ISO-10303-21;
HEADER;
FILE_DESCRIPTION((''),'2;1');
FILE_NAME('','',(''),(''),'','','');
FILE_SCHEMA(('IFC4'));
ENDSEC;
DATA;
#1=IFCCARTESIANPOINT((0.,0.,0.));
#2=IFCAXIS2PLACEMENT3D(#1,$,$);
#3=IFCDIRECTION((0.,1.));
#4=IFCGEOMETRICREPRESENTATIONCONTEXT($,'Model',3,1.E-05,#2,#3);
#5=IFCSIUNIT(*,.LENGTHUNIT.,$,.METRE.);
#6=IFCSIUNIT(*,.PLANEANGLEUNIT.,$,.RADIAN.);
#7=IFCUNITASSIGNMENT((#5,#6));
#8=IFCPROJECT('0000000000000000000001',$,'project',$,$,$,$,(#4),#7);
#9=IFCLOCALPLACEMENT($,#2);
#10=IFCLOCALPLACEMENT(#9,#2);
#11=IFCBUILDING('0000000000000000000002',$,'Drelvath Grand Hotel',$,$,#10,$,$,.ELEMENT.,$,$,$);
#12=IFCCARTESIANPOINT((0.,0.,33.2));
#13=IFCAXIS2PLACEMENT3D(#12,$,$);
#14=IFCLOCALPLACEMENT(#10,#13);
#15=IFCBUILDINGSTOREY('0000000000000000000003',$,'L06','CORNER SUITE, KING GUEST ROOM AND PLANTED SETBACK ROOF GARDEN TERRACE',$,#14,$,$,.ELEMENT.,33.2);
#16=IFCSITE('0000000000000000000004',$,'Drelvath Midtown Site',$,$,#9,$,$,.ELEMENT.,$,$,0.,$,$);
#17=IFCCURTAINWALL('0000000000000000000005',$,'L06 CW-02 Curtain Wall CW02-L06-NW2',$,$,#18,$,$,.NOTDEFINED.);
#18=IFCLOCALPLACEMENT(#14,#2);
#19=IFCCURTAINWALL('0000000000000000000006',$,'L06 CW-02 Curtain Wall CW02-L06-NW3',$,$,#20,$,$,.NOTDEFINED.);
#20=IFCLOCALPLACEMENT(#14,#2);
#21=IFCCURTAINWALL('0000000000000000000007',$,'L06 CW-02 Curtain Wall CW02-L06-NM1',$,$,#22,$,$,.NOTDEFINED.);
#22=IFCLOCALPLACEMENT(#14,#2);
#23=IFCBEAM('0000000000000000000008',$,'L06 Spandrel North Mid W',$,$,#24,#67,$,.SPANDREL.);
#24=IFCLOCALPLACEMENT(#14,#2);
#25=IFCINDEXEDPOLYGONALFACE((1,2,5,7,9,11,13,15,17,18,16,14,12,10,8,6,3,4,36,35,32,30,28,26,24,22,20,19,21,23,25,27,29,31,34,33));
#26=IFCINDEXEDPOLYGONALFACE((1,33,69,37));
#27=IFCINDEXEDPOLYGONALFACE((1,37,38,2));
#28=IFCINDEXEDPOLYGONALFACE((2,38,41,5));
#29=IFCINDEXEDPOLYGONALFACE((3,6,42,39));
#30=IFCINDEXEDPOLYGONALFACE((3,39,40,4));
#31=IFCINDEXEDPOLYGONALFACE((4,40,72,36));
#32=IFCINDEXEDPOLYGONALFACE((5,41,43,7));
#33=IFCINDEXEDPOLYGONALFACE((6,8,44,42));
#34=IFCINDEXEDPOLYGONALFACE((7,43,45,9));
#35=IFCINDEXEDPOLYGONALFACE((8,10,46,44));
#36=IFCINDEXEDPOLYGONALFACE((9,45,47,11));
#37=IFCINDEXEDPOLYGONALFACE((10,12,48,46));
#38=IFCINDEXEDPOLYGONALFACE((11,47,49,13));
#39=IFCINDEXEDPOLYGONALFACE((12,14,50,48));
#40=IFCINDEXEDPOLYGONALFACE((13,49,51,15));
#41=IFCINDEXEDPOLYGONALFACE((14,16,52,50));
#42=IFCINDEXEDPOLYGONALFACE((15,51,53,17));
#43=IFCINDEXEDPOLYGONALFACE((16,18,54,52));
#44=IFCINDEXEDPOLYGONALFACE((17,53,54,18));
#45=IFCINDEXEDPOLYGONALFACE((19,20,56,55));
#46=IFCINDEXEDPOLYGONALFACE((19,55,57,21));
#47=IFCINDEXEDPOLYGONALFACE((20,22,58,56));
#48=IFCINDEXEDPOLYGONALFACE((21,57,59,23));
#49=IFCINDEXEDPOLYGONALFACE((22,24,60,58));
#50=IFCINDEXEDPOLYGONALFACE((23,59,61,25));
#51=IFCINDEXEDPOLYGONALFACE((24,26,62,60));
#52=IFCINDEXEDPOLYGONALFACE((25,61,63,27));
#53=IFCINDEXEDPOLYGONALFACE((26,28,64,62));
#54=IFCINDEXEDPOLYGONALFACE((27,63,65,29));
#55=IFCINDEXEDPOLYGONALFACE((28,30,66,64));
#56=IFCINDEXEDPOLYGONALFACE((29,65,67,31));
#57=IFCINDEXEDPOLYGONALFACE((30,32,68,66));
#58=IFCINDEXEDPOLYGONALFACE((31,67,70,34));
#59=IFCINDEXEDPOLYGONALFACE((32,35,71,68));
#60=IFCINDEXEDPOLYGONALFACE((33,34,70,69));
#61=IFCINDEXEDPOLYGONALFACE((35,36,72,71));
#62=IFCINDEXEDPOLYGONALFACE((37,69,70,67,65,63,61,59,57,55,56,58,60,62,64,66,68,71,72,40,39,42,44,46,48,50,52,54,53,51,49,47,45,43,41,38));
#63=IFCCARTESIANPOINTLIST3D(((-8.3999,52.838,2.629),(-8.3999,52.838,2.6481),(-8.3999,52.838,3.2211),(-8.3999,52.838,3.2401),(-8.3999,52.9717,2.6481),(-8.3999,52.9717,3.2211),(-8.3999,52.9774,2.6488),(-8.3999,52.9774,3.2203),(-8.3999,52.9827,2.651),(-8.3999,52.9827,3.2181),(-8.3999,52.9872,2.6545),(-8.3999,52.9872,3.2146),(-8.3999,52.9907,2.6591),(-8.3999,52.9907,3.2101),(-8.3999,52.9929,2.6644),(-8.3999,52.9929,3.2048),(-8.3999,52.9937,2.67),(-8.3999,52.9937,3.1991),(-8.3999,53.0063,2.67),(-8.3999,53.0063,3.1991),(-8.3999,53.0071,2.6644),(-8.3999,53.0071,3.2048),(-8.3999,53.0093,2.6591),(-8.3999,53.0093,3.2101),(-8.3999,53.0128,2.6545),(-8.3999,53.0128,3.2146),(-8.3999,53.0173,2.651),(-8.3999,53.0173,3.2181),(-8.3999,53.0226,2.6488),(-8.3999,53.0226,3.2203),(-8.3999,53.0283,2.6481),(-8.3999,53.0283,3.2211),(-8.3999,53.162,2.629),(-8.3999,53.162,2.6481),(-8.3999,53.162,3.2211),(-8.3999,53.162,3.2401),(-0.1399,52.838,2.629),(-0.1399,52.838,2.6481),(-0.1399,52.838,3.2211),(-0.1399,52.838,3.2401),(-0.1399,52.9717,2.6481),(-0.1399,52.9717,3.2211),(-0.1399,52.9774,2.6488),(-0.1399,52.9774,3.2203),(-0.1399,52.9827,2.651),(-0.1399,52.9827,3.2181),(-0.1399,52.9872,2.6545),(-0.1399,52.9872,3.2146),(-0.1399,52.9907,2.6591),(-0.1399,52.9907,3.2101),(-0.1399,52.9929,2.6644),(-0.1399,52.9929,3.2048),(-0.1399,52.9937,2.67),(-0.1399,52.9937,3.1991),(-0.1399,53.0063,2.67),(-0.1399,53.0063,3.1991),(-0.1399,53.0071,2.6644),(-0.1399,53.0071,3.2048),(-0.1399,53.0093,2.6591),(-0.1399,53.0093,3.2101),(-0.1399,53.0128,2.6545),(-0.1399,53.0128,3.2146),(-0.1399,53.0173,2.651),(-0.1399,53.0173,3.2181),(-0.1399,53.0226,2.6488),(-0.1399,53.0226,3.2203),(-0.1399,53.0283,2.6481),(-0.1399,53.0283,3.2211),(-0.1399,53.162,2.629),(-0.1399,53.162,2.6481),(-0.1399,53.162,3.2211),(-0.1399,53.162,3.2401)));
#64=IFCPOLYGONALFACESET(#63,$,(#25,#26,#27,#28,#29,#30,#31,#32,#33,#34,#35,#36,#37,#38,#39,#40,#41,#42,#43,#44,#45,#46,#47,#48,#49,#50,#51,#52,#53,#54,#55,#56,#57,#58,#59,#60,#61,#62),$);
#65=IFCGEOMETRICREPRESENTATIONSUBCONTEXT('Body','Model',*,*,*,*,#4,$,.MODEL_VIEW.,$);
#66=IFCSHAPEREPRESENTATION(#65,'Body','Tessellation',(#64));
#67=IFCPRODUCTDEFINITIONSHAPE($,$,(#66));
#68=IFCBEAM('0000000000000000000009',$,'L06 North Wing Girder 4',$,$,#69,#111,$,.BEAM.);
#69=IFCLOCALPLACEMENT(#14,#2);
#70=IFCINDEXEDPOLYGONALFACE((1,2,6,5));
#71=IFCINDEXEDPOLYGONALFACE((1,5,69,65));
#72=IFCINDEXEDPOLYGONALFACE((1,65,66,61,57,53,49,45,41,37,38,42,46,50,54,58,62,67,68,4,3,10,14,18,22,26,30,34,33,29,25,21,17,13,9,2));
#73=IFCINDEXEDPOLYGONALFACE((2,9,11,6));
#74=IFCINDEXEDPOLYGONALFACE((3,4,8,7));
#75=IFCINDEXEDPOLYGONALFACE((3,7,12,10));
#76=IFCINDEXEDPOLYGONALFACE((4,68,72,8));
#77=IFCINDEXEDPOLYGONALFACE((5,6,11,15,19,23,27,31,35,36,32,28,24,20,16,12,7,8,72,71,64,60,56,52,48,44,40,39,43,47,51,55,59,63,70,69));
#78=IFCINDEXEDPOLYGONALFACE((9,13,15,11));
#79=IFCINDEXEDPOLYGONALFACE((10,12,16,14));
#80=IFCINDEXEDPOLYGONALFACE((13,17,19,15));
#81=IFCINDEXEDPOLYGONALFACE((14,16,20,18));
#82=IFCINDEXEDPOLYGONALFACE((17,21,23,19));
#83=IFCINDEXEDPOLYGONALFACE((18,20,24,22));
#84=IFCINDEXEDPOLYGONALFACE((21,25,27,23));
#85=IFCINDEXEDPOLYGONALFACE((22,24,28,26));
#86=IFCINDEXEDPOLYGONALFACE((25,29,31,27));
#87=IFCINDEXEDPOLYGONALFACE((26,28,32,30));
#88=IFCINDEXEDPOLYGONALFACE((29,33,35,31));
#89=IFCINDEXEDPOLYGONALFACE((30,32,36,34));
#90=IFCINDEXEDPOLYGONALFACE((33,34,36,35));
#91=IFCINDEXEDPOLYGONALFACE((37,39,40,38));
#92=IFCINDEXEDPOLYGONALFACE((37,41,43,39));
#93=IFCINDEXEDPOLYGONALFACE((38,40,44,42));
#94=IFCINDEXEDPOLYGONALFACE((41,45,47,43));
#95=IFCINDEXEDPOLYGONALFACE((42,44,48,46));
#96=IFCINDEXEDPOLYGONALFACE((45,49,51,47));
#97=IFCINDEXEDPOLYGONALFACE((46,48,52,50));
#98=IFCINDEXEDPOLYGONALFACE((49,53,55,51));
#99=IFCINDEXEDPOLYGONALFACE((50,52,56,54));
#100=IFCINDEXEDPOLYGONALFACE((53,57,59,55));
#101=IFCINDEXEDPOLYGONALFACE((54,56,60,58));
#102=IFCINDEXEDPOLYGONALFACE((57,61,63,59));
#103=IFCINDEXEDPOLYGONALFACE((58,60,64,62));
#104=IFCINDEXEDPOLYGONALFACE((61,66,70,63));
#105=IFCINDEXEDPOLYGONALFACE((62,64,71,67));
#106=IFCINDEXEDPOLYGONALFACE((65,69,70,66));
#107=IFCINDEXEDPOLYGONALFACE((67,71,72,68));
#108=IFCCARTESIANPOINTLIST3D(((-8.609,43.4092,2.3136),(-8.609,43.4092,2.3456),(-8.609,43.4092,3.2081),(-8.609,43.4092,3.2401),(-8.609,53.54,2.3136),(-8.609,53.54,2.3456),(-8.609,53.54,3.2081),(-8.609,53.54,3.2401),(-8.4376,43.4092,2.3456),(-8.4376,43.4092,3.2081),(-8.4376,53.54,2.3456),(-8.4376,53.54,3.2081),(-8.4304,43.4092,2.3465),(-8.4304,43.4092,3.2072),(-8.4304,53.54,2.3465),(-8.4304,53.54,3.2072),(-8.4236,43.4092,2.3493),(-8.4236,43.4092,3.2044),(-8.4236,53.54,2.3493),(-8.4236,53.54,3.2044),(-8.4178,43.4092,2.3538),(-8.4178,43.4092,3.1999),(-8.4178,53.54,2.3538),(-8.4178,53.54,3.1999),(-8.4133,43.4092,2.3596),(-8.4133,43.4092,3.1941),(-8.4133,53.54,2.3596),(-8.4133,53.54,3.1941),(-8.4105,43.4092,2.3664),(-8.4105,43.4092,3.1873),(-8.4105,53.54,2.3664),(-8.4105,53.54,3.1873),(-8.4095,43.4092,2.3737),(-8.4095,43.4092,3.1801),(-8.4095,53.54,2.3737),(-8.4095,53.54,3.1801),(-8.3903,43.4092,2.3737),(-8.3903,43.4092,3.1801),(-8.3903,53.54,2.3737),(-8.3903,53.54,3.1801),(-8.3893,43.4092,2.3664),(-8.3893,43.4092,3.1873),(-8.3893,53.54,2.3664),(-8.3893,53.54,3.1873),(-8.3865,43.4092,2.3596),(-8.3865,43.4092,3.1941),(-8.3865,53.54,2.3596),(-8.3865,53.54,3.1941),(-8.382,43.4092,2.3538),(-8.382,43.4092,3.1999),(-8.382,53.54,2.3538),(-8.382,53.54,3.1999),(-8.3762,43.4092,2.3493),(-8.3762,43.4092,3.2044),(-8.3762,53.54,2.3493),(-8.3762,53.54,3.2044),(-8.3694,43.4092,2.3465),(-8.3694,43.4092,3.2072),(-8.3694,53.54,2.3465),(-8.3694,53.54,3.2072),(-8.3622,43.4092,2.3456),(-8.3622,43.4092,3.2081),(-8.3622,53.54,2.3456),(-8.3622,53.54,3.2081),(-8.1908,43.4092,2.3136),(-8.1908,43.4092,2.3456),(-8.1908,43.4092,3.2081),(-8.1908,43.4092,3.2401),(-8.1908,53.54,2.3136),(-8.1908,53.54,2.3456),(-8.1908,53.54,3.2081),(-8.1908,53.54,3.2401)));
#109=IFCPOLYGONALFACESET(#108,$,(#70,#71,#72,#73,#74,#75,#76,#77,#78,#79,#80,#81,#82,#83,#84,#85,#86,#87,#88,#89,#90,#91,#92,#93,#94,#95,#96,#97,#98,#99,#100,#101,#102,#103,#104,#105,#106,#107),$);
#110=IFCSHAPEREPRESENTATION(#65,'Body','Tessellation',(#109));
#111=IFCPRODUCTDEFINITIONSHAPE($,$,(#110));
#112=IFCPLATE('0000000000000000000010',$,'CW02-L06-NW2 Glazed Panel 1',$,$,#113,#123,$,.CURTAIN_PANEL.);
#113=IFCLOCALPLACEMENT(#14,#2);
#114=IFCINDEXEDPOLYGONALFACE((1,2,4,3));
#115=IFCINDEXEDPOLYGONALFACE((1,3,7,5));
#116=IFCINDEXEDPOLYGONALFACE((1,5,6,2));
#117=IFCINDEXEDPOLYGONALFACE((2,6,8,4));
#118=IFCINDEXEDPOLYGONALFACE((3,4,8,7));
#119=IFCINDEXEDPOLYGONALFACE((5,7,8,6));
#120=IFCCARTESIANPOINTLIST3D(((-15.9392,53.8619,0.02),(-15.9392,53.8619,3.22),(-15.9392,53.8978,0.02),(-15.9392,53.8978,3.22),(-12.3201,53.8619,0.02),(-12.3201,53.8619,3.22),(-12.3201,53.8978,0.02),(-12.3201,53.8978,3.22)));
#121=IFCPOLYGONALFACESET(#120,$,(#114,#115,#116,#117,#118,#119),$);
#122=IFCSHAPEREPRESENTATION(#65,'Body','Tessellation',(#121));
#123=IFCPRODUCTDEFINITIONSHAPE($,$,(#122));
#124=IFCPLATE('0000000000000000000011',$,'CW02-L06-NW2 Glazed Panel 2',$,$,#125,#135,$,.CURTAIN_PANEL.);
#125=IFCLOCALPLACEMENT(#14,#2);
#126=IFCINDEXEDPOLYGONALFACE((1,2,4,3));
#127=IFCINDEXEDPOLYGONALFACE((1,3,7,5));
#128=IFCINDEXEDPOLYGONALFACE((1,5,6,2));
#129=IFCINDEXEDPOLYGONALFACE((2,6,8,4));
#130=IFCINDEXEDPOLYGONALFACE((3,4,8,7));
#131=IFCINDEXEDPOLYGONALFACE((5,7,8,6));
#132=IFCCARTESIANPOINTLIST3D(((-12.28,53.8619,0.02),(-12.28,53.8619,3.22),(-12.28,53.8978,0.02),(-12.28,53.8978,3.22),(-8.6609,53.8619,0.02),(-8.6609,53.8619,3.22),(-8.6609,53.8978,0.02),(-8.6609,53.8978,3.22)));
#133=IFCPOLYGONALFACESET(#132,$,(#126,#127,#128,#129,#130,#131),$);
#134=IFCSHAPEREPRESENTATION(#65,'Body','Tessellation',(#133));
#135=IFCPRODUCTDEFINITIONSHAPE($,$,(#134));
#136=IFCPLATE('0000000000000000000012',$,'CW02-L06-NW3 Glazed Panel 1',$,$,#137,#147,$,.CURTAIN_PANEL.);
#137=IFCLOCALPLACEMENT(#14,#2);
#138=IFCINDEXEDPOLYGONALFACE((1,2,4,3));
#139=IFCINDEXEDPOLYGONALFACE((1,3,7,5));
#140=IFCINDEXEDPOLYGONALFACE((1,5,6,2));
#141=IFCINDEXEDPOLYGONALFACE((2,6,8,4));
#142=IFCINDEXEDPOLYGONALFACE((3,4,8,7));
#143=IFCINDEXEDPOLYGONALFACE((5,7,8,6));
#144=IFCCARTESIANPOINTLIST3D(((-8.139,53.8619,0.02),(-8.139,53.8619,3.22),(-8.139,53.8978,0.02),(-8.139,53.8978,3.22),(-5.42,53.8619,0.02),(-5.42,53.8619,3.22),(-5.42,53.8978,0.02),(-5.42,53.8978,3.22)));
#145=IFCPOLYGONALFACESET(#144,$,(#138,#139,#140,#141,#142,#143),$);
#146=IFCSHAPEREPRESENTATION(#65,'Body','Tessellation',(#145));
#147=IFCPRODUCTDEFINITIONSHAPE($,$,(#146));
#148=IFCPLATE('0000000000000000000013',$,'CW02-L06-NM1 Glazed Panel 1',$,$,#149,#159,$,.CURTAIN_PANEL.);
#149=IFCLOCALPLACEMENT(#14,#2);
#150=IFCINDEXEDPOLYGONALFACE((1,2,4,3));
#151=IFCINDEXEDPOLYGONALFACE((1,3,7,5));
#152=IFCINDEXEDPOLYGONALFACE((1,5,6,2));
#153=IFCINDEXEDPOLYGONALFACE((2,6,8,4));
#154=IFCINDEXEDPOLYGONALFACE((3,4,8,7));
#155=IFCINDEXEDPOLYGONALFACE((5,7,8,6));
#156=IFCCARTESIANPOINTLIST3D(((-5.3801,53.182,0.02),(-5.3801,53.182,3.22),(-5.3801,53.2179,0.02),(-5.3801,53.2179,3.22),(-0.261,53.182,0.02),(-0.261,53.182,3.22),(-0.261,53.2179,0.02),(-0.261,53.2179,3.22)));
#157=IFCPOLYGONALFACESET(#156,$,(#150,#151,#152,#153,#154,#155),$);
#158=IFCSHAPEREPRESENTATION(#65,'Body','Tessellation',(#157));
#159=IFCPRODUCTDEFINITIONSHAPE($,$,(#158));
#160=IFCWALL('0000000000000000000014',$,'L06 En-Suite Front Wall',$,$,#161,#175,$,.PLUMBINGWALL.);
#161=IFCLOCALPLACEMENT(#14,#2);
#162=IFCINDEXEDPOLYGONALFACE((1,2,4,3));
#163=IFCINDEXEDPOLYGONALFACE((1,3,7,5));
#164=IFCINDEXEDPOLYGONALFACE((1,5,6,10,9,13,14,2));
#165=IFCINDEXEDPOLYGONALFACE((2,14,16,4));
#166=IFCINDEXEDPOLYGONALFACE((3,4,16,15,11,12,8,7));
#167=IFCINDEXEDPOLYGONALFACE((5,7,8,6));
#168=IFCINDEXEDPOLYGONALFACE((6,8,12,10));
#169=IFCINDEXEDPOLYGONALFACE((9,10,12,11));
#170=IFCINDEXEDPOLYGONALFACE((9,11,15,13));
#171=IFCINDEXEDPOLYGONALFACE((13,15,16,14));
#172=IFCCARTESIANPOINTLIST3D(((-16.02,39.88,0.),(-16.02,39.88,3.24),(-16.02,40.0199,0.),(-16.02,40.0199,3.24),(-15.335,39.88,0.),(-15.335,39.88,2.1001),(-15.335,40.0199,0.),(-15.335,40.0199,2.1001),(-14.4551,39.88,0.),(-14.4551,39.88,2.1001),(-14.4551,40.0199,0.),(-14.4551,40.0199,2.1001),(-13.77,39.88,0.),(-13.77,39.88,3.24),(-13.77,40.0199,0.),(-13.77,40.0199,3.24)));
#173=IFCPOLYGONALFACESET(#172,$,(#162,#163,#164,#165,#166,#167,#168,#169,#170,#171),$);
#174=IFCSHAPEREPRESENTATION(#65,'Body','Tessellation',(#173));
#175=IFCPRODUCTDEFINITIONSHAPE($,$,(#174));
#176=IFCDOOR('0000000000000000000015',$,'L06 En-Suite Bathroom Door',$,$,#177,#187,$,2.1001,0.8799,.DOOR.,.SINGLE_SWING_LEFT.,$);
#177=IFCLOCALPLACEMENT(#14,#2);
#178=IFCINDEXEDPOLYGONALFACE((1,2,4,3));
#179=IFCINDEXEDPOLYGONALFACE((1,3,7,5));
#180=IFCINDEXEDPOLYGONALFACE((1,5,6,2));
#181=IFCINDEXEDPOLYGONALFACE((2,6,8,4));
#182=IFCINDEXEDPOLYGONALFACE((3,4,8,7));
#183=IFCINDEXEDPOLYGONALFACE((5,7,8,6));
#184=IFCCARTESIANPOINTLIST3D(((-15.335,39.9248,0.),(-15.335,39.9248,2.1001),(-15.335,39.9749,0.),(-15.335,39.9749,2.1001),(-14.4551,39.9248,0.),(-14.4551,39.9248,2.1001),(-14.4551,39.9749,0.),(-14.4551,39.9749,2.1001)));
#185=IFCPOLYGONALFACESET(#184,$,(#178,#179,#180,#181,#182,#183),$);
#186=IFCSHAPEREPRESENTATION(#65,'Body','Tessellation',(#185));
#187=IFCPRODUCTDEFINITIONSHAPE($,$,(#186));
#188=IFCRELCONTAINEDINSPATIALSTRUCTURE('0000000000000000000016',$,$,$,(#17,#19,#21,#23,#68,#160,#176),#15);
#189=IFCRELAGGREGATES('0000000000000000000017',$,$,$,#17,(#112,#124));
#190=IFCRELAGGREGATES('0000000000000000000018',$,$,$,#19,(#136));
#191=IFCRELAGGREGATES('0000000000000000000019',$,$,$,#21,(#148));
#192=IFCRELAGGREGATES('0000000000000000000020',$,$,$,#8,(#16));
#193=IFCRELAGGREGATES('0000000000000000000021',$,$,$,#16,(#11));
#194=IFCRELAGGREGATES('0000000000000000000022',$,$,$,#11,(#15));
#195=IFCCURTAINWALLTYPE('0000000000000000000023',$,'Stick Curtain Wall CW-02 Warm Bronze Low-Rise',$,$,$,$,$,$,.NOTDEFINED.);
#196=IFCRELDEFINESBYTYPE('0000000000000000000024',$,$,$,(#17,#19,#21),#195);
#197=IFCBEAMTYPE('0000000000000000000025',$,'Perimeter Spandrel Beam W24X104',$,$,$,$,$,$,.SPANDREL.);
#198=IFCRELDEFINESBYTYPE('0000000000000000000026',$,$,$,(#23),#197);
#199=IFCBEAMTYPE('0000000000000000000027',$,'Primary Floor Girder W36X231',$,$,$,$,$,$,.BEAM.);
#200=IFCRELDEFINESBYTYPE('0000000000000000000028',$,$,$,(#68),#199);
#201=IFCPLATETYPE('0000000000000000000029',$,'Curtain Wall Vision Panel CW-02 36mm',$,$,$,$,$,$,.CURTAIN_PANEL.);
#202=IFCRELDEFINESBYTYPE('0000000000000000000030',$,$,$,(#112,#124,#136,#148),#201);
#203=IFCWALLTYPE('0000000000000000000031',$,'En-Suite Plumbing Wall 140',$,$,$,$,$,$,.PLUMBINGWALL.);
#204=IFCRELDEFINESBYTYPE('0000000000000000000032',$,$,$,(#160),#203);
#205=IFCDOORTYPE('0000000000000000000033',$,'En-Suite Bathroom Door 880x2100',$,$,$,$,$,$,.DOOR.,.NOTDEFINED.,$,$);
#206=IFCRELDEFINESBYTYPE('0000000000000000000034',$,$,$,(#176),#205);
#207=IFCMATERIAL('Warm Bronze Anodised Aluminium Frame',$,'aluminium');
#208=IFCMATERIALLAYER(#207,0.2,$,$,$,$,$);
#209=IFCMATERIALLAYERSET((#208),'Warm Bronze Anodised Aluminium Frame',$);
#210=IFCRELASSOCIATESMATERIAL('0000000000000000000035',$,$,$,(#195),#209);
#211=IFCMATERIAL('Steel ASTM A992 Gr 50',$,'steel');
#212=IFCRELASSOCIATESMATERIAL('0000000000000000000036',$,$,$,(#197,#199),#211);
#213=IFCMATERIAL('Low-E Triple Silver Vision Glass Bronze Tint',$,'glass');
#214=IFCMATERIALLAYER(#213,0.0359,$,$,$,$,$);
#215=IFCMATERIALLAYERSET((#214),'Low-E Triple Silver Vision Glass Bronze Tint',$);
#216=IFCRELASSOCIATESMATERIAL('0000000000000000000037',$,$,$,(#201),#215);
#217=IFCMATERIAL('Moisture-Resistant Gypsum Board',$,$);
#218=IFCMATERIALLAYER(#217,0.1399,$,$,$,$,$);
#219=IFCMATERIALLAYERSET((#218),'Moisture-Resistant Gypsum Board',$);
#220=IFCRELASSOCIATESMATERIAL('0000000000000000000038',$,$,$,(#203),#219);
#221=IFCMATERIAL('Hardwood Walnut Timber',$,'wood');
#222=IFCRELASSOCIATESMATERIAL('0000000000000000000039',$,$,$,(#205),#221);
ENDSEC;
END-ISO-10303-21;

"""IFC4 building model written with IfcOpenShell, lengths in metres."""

from ifc_helpers import new_model, si_unit, direction, frame, frame_2d, origin, origin_2d, place, context, subcontext, project, spatial, rectangle, i_section, extrude, material, layer, layer_set, material_profile, profile_set, type_object, element, fill, aggregate, save


model = new_model("IFC4")

# Units and contexts
model_context = context("Model", 3, precision=1e-05, world=origin(), true_north=direction((0.0, 1.0)))
body_context = subcontext(model_context, "Body", "Model", "MODEL_VIEW")
ifc_project = project(units=[si_unit("LENGTHUNIT", "METRE"), si_unit("PLANEANGLEUNIT", "RADIAN")], contexts=[model_context])

# Site, building, storey
site_placement = place(None, origin())
site = spatial("IfcSite", under=ifc_project, at=site_placement, Name="Drelvath Midtown Site", CompositionType="ELEMENT", RefElevation=0.0)
building_placement = place(site_placement, origin())
building = spatial("IfcBuilding", under=site, at=building_placement, Name="Drelvath Grand Hotel", CompositionType="ELEMENT")
storey_placement = place(building_placement, frame((0.0, 0.0, 33.2)))
storey = spatial("IfcBuildingStorey", under=building, at=storey_placement, Name="L06", Description="CORNER SUITE, KING GUEST ROOM AND PLANTED SETBACK ROOF GARDEN TERRACE", CompositionType="ELEMENT", Elevation=33.2)

# Curtain walls
ifc_material_1 = material(Name="Warm Bronze Anodised Aluminium Frame", Category="aluminium")
ifc_layer_1 = layer(ifc_material_1, 0.2)
ifc_layer_set_1 = layer_set([ifc_layer_1], Name="Warm Bronze Anodised Aluminium Frame")
curtain_wall_type = type_object("IfcCurtainWallType", Name="Stick Curtain Wall CW-02 Warm Bronze Low-Rise", PredefinedType="NOTDEFINED", material=ifc_layer_set_1)
curtain_wall_1_placement = place(storey_placement, origin())
curtain_wall_1 = element("IfcCurtainWall", 1, at=curtain_wall_1_placement, inside=storey, type_object=curtain_wall_type, Name="L06 CW-02 Curtain Wall CW02-L06-NW2", PredefinedType="NOTDEFINED")
curtain_wall_2_placement = place(storey_placement, origin())
curtain_wall_2 = element("IfcCurtainWall", 2, at=curtain_wall_2_placement, inside=storey, type_object=curtain_wall_type, Name="L06 CW-02 Curtain Wall CW02-L06-NW3", PredefinedType="NOTDEFINED")
curtain_wall_3_placement = place(storey_placement, origin())
curtain_wall_3 = element("IfcCurtainWall", 3, at=curtain_wall_3_placement, inside=storey, type_object=curtain_wall_type, Name="L06 CW-02 Curtain Wall CW02-L06-NM1", PredefinedType="NOTDEFINED")

# Beams
ifc_material_2 = material(Name="Steel ASTM A992 Gr 50", Category="steel")
ifc_material_profile_1 = material_profile(ifc_material_2, i_section(OverallWidth=0.324, OverallDepth=0.6111, WebThickness=0.0127, FlangeThickness=0.019, FilletRadius=0.022, at=origin_2d()), Name="W24X104")
ifc_profile_set_1 = profile_set([ifc_material_profile_1], Name="Steel ASTM A992 Gr 50")
beam_type_1 = type_object("IfcBeamType", Name="Perimeter Spandrel Beam W24X104", PredefinedType="SPANDREL", material=ifc_profile_set_1)
beam_1_placement = place(storey_placement, frame((-8.3999, 53.0, 2.9346), z_axis=(1.0, 0.0, 0.0), x_axis=(0.0, 1.0, 0.0)))
element("IfcBeam", 4, at=beam_1_placement, inside=storey, type_object=beam_type_1, Name="L06 Spandrel North Mid W", PredefinedType="SPANDREL", context=body_context, shape_type="SweptSolid", body=[
    extrude(i_section(OverallWidth=0.324, OverallDepth=0.6111, WebThickness=0.0127, FlangeThickness=0.019, FilletRadius=0.022, at=origin_2d()), origin(), (0.0, 0.0, 1.0), 8.26),
])
ifc_material_profile_2 = material_profile(ifc_material_2, i_section(OverallWidth=0.4182, OverallDepth=0.9265, WebThickness=0.0193, FlangeThickness=0.032, FilletRadius=0.0281, at=origin_2d()), Name="W36X231")
ifc_profile_set_2 = profile_set([ifc_material_profile_2], Name="Steel ASTM A992 Gr 50")
beam_type_2 = type_object("IfcBeamType", Name="Primary Floor Girder W36X231", PredefinedType="BEAM", material=ifc_profile_set_2)
beam_2_placement = place(storey_placement, frame((-8.3999, 43.4092, 2.7769), z_axis=(0.0, 1.0, 0.0), x_axis=(-1.0, 0.0, 0.0)))
element("IfcBeam", 5, at=beam_2_placement, inside=storey, type_object=beam_type_2, Name="L06 North Wing Girder 4", PredefinedType="BEAM", context=body_context, shape_type="SweptSolid", body=[
    extrude(i_section(OverallWidth=0.4182, OverallDepth=0.9265, WebThickness=0.0193, FlangeThickness=0.032, FilletRadius=0.0281, at=origin_2d()), origin(), (0.0, 0.0, 1.0), 10.1309),
])

# Plates
ifc_material_3 = material(Name="Low-E Triple Silver Vision Glass Bronze Tint", Category="glass")
ifc_layer_2 = layer(ifc_material_3, 0.0359)
ifc_layer_set_2 = layer_set([ifc_layer_2], Name="Low-E Triple Silver Vision Glass Bronze Tint")
plate_type = type_object("IfcPlateType", Name="Curtain Wall Vision Panel CW-02 36mm", PredefinedType="CURTAIN_PANEL", material=ifc_layer_set_2)
plate_1_placement = place(storey_placement, frame((-14.1296, 53.8799, 0.02), z_axis=(0.0, 0.0, 1.0), x_axis=(1.0, 0.0, 0.0)))
plate_1 = element("IfcPlate", 6, at=plate_1_placement, type_object=plate_type, Name="CW02-L06-NW2 Glazed Panel 1", PredefinedType="CURTAIN_PANEL", context=body_context, shape_type="SweptSolid", body=[
    extrude(rectangle(XDim=3.6191, YDim=0.0359, at=origin_2d()), origin(), (0.0, 0.0, 1.0), 3.2),
])
plate_2_placement = place(storey_placement, frame((-10.4705, 53.8799, 0.02), z_axis=(0.0, 0.0, 1.0), x_axis=(1.0, 0.0, 0.0)))
plate_2 = element("IfcPlate", 7, at=plate_2_placement, type_object=plate_type, Name="CW02-L06-NW2 Glazed Panel 2", PredefinedType="CURTAIN_PANEL", context=body_context, shape_type="SweptSolid", body=[
    extrude(rectangle(XDim=3.6191, YDim=0.0359, at=origin_2d()), origin(), (0.0, 0.0, 1.0), 3.2),
])
aggregate(curtain_wall_1, [plate_1, plate_2])
plate_3_placement = place(storey_placement, frame((-6.7795, 53.8799, 0.02), z_axis=(0.0, 0.0, 1.0), x_axis=(1.0, 0.0, 0.0)))
plate_3 = element("IfcPlate", 8, at=plate_3_placement, type_object=plate_type, Name="CW02-L06-NW3 Glazed Panel 1", PredefinedType="CURTAIN_PANEL", context=body_context, shape_type="SweptSolid", body=[
    extrude(rectangle(XDim=2.719, YDim=0.0359, at=origin_2d()), origin(), (0.0, 0.0, 1.0), 3.2),
])
aggregate(curtain_wall_2, [plate_3])
plate_4_placement = place(storey_placement, frame((-2.8206, 53.2, 0.02), z_axis=(0.0, 0.0, 1.0), x_axis=(1.0, 0.0, 0.0)))
plate_4 = element("IfcPlate", 9, at=plate_4_placement, type_object=plate_type, Name="CW02-L06-NM1 Glazed Panel 1", PredefinedType="CURTAIN_PANEL", context=body_context, shape_type="SweptSolid", body=[
    extrude(rectangle(XDim=5.1191, YDim=0.0359, at=origin_2d()), origin(), (0.0, 0.0, 1.0), 3.2),
])
aggregate(curtain_wall_3, [plate_4])

# Wall, opening, door
ifc_material_4 = material(Name="Moisture-Resistant Gypsum Board")
ifc_layer_3 = layer(ifc_material_4, 0.1399)
ifc_layer_set_3 = layer_set([ifc_layer_3], Name="Moisture-Resistant Gypsum Board")
wall_type_1 = type_object("IfcWallType", Name="En-Suite Plumbing Wall 140", PredefinedType="PLUMBINGWALL", material=ifc_layer_set_3)
wall_1_placement = place(storey_placement, frame((-16.02, 39.95, 0.0), z_axis=(0.0, 0.0, 1.0), x_axis=(1.0, 0.0, 0.0)))
wall_1 = element("IfcWall", 10, at=wall_1_placement, inside=storey, type_object=wall_type_1, Name="L06 En-Suite Front Wall", PredefinedType="PLUMBINGWALL", context=body_context, shape_type="SweptSolid", body=[
    extrude(rectangle(XDim=2.25, YDim=0.1399, at=frame_2d((1.125, 0.0))), origin(), (0.0, 0.0, 1.0), 3.24),
])
opening_1_placement = place(wall_1_placement, frame((0.6851, 0.0, 0.0)))
opening_1 = element("IfcOpeningElement", 11, at=opening_1_placement, cuts=wall_1, PredefinedType="OPENING", context=body_context, shape_type="SweptSolid", body=[
    extrude(rectangle(XDim=0.8799, YDim=2.1001, at=frame_2d((0.4399, 1.05))), frame((0.0, 0.0798, 0.0), z_axis=(0.0, -1.0, 0.0), x_axis=(1.0, 0.0, 0.0)), (0.0, 0.0, 1.0), 0.1599),
])
ifc_material_5 = material(Name="Hardwood Walnut Timber", Category="wood")
door_type = type_object("IfcDoorType", Name="En-Suite Bathroom Door 880x2100", OperationType="NOTDEFINED", PredefinedType="DOOR", material=ifc_material_5)
door_1_placement = place(opening_1_placement, origin())
door_1 = element("IfcDoor", 12, at=door_1_placement, inside=storey, type_object=door_type, Name="L06 En-Suite Bathroom Door", OperationType="SINGLE_SWING_LEFT", OverallHeight=2.1001, OverallWidth=0.8799, PredefinedType="DOOR", context=body_context, shape_type="SweptSolid", body=[
    extrude(rectangle(XDim=0.8799, YDim=2.1001, at=frame_2d((0.4399, 1.05))), frame((0.0, 0.0249, 0.0), z_axis=(0.0, -1.0, 0.0), x_axis=(1.0, 0.0, 0.0)), (0.0, 0.0, 1.0), 0.05),
])
fill(opening_1, door_1)

save(model, "model.ifc")
